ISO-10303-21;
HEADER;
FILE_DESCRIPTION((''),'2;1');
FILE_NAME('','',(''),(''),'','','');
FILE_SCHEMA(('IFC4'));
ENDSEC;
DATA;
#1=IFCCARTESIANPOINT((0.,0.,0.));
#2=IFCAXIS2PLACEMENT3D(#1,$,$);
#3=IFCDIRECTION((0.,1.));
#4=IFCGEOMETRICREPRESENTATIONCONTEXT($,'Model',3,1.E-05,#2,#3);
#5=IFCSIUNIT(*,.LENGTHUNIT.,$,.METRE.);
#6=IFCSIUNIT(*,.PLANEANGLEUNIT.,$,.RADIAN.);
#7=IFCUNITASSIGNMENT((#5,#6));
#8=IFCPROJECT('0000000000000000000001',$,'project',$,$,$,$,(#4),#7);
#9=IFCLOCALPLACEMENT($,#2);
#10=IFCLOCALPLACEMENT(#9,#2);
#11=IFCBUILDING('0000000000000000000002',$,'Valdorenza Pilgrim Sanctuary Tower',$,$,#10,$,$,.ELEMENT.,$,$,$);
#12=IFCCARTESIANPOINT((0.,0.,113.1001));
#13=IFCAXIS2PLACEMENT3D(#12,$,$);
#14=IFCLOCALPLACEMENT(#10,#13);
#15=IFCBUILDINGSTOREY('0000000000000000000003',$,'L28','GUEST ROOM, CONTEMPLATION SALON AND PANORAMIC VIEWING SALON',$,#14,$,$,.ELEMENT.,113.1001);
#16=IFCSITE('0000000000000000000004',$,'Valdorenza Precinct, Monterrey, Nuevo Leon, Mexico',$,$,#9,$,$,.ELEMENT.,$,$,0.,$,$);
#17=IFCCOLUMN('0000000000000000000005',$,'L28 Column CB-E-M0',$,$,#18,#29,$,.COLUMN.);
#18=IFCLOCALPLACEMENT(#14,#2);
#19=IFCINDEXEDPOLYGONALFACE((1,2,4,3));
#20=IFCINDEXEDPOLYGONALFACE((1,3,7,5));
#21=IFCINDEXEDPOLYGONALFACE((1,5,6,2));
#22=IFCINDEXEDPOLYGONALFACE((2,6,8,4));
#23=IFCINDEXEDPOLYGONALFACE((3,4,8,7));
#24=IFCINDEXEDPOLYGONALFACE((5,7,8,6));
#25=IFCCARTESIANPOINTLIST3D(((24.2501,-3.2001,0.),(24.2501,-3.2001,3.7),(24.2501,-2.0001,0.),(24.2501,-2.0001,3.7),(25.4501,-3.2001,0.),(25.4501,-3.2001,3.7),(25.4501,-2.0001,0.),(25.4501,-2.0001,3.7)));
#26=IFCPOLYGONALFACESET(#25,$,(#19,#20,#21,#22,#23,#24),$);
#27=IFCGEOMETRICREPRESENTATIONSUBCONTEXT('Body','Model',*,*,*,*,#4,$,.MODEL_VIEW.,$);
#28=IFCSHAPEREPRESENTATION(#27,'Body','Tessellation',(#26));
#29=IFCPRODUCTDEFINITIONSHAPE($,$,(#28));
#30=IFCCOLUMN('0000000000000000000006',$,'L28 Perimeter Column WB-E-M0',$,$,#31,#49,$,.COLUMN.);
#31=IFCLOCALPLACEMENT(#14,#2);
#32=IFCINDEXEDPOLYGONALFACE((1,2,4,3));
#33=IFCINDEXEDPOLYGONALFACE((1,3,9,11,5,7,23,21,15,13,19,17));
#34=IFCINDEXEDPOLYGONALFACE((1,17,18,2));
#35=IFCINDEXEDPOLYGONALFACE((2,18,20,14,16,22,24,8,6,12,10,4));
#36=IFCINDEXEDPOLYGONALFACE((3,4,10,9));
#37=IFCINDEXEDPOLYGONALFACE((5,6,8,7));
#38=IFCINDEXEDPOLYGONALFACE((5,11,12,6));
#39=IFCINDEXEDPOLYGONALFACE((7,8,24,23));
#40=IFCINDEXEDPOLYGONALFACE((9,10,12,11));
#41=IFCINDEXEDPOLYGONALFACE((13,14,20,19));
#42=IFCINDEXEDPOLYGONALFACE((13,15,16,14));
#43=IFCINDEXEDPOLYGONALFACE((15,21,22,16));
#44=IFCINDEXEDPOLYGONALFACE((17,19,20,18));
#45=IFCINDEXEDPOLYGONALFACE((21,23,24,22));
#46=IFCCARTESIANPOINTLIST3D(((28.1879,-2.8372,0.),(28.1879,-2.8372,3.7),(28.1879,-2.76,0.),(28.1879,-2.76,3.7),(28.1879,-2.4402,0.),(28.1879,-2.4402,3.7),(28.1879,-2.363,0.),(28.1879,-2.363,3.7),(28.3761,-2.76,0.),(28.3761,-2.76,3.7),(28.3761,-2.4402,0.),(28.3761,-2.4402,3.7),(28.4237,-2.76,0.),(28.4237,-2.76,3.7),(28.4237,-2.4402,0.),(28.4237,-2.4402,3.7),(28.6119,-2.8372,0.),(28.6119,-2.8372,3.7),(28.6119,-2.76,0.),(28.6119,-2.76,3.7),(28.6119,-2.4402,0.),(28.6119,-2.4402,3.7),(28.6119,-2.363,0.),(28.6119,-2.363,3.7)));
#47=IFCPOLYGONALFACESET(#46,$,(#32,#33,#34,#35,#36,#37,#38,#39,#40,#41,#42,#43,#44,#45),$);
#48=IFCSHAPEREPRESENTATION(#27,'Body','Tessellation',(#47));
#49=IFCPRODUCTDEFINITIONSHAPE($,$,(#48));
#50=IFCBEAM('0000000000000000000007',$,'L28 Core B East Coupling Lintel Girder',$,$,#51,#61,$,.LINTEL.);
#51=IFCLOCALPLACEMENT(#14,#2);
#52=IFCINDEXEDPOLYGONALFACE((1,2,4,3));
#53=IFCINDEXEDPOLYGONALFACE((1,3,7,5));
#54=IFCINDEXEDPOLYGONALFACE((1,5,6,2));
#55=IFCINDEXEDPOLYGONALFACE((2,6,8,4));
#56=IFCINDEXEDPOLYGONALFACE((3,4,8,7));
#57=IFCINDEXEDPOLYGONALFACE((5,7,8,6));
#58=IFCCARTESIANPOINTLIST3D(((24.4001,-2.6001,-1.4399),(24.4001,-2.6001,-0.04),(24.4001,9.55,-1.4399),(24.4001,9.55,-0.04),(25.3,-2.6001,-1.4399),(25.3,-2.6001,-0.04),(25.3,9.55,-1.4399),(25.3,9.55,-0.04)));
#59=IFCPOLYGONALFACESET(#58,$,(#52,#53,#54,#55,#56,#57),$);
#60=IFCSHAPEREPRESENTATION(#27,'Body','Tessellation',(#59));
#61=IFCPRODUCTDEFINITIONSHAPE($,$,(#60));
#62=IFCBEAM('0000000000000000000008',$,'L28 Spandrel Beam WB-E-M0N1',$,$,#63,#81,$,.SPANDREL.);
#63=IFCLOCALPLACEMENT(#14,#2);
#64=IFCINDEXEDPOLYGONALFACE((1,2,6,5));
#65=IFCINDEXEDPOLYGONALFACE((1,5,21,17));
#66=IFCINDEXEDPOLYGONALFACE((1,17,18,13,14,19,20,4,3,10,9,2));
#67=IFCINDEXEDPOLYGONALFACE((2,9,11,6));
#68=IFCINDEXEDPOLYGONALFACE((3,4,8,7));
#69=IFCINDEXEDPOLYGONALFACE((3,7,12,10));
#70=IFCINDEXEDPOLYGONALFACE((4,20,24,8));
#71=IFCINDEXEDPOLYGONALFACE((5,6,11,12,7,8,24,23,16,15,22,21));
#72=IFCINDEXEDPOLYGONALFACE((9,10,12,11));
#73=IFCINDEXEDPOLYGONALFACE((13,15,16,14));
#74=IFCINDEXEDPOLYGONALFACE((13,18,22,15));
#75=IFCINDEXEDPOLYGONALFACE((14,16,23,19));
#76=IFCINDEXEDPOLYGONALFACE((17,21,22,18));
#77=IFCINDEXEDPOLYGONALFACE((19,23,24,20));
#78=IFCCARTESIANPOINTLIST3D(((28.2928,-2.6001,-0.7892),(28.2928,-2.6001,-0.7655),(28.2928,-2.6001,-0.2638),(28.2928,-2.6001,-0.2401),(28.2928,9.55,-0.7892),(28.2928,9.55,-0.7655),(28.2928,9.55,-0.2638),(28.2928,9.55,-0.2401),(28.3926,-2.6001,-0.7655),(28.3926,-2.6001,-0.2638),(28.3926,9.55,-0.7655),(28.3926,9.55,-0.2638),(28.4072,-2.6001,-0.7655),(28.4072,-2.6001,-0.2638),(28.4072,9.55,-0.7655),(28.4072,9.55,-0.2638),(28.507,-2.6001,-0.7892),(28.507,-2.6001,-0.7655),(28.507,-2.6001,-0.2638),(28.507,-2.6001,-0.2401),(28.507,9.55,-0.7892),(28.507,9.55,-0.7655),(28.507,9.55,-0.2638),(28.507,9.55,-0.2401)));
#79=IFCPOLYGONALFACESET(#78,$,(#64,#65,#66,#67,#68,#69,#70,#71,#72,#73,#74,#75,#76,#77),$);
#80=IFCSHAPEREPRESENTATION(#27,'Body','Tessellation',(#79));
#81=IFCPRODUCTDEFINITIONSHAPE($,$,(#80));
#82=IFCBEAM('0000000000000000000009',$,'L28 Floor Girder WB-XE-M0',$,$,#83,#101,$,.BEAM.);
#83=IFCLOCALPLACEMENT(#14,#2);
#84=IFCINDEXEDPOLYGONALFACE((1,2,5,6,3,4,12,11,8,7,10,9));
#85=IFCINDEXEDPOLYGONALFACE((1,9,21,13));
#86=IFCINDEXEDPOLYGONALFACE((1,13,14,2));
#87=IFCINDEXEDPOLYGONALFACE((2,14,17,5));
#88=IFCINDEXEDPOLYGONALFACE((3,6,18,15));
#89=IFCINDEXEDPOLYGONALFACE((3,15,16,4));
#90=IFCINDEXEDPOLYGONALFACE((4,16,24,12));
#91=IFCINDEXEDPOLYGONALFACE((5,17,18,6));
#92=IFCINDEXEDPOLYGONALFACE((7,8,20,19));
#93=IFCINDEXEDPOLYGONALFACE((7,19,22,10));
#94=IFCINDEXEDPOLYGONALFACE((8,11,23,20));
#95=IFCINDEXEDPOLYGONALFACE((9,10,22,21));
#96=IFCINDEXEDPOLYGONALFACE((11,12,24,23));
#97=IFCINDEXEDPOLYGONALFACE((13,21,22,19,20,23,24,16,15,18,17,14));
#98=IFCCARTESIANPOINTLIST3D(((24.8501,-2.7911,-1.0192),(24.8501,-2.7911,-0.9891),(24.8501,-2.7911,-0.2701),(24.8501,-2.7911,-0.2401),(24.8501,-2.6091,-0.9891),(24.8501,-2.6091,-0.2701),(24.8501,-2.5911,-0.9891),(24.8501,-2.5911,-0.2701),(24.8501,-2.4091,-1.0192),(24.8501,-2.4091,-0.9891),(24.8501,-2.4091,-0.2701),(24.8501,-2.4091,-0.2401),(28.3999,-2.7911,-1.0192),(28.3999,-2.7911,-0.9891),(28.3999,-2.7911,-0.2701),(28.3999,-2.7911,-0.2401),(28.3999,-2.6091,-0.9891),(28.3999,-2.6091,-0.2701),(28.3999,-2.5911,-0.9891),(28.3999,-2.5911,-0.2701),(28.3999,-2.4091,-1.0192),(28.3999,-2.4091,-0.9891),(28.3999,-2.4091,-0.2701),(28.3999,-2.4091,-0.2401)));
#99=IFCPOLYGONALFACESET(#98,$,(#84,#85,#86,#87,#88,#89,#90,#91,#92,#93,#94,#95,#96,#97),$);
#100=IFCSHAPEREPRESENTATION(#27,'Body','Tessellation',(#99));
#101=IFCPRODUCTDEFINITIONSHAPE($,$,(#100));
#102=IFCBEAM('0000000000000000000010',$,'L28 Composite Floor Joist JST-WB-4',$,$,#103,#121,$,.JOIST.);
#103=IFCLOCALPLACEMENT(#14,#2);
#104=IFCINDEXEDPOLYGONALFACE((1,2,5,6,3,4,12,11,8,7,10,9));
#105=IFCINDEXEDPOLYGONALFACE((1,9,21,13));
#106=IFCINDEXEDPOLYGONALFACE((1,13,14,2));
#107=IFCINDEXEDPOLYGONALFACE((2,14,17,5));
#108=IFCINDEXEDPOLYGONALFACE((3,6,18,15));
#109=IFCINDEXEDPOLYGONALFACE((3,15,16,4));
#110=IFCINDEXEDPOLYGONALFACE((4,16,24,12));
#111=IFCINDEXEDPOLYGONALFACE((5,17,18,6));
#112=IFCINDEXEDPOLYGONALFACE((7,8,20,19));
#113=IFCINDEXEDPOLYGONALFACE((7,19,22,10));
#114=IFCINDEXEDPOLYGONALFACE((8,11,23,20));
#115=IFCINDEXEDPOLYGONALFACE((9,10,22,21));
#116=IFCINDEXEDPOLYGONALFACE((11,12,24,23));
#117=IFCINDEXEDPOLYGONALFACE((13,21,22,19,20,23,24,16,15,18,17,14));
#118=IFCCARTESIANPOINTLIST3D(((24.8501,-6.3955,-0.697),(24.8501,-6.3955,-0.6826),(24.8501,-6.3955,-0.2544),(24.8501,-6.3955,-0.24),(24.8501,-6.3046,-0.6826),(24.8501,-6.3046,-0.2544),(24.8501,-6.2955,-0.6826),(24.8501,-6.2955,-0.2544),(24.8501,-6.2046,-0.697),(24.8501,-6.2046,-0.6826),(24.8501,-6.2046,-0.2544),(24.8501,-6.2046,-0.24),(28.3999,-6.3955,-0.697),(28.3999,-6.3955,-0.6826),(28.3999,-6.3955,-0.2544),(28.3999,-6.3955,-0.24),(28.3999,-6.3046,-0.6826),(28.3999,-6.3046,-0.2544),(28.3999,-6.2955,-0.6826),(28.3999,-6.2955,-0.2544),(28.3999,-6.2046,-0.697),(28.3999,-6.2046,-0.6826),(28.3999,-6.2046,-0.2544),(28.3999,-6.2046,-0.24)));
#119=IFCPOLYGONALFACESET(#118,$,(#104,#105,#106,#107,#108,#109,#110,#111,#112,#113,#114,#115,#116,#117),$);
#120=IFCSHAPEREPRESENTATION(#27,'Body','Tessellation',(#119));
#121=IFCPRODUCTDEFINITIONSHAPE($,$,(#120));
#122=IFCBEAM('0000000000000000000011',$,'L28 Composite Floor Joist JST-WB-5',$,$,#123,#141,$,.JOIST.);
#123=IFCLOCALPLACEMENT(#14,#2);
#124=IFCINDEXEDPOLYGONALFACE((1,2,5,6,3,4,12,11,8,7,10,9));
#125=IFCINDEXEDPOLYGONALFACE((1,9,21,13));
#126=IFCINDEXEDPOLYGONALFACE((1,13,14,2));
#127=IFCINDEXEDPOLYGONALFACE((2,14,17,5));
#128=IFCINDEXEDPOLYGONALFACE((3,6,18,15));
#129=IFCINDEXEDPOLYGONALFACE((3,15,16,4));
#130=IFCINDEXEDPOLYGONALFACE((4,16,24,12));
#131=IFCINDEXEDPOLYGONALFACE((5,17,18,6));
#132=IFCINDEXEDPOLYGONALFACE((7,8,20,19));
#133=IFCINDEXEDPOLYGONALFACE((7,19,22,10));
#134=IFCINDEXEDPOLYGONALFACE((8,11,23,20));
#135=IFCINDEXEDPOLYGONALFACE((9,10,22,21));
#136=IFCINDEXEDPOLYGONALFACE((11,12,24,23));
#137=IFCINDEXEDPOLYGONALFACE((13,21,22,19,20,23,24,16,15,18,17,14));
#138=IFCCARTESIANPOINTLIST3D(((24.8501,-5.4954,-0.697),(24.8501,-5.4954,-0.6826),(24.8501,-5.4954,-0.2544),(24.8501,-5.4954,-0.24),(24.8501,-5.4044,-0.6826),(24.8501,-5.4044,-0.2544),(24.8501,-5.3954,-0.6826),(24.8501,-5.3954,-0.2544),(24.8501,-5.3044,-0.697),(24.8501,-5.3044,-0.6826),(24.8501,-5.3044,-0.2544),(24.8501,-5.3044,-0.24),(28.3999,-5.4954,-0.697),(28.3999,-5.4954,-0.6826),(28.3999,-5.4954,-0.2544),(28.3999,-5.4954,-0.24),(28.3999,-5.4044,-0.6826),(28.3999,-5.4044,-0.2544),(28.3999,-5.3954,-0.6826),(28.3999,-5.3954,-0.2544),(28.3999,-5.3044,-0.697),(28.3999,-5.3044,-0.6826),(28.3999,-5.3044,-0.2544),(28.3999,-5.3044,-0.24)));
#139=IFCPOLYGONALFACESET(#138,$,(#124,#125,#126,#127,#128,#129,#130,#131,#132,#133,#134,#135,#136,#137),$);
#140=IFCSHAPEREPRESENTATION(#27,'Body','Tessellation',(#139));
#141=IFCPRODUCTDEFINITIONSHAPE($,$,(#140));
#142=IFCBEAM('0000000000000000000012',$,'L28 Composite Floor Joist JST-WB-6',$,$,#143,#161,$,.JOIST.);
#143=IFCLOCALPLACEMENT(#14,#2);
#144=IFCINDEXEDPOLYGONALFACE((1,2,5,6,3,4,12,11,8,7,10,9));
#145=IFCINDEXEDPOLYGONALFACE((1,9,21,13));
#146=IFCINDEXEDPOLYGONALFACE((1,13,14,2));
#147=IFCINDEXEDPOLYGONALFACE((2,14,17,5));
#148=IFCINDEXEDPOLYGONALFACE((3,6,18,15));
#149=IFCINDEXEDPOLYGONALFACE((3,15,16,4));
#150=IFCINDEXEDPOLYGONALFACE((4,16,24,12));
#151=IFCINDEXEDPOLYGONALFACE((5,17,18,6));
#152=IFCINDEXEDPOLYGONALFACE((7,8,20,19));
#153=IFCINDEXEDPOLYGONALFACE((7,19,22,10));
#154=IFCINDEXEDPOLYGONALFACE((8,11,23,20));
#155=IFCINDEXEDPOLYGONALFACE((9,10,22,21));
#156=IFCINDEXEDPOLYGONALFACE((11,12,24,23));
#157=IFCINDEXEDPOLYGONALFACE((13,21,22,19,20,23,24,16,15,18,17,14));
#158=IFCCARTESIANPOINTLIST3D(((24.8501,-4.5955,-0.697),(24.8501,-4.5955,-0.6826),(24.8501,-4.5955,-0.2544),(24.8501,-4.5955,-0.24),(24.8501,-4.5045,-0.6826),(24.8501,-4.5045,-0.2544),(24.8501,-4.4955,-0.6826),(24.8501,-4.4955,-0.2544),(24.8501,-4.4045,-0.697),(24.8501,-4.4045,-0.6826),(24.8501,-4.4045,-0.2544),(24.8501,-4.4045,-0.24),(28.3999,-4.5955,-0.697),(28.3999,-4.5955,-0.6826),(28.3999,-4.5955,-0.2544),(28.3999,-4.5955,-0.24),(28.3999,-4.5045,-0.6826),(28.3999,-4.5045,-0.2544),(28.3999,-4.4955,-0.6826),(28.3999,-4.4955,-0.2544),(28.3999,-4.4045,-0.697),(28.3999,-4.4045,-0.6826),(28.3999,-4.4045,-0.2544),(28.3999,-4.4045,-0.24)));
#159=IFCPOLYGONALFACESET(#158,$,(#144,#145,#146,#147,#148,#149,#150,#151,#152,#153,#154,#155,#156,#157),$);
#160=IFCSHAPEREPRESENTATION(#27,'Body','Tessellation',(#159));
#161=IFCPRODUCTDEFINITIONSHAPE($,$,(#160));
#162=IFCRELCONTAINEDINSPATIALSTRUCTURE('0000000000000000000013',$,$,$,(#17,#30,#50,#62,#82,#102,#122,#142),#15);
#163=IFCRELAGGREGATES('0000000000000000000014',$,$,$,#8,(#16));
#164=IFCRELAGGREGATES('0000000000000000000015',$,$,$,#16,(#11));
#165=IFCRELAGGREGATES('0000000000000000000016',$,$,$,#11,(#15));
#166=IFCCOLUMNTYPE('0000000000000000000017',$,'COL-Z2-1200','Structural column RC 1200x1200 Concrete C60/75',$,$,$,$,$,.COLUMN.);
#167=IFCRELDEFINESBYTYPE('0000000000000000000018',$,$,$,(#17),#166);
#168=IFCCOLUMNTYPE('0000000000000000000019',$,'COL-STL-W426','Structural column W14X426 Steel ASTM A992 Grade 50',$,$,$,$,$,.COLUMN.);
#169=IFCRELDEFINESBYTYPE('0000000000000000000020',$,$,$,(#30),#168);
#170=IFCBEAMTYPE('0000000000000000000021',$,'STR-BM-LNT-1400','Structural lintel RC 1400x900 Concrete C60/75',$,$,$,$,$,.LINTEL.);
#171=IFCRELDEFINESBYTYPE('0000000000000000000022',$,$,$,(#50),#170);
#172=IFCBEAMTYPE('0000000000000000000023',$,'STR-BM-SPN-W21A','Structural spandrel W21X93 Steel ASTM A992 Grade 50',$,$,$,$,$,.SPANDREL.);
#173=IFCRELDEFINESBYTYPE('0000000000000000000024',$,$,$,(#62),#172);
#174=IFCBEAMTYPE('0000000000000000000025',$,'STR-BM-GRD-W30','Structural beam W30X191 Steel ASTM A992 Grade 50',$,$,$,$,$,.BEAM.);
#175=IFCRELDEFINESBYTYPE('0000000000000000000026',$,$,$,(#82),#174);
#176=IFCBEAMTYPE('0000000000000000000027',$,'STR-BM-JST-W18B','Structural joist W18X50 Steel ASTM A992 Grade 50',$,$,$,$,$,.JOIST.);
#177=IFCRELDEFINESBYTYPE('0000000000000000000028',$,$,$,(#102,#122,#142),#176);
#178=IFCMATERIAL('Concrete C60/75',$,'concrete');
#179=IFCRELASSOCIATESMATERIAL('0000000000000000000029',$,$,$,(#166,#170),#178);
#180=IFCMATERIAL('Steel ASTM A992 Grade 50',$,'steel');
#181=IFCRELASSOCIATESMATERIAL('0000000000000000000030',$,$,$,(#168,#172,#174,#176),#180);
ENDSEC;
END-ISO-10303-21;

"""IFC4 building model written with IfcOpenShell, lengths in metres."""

from ifc_helpers import new_model, si_unit, direction, frame, origin, origin_2d, place, context, subcontext, project, spatial, rectangle, i_section, extrude, source, transform, mapped, material, material_profile, profile_set, type_object, element, save


model = new_model("IFC4")

# Units and contexts
model_context = context("Model", 3, precision=1e-05, world=origin(), true_north=direction((0.0, 1.0)))
body_context = subcontext(model_context, "Body", "Model", "MODEL_VIEW")
ifc_project = project(units=[si_unit("LENGTHUNIT", "METRE"), si_unit("PLANEANGLEUNIT", "RADIAN")], contexts=[model_context])

# Site, building, storey
site_placement = place(None, origin())
site = spatial("IfcSite", under=ifc_project, at=site_placement, Name="Valdorenza Precinct, Monterrey, Nuevo Leon, Mexico", CompositionType="ELEMENT", RefElevation=0.0)
building_placement = place(site_placement, origin())
building = spatial("IfcBuilding", under=site, at=building_placement, Name="Valdorenza Pilgrim Sanctuary Tower", CompositionType="ELEMENT")
storey_placement = place(building_placement, frame((0.0, 0.0, 113.1001)))
storey = spatial("IfcBuildingStorey", under=building, at=storey_placement, Name="L28", Description="GUEST ROOM, CONTEMPLATION SALON AND PANORAMIC VIEWING SALON", CompositionType="ELEMENT", Elevation=113.1001)

# Columns
ifc_material_1 = material(Name="Concrete C60/75", Category="concrete")
ifc_material_profile_1 = material_profile(ifc_material_1, rectangle(XDim=1.2, YDim=1.2, at=origin_2d()), Name="RC 1200x1200")
ifc_profile_set_1 = profile_set([ifc_material_profile_1], Name="Concrete C60/75")
column_type_1 = type_object("IfcColumnType", Name="COL-Z2-1200", Description="Structural column RC 1200x1200 Concrete C60/75", PredefinedType="COLUMN", material=ifc_profile_set_1)
shared_shape_1 = source(origin(), body_context, "Body", "SweptSolid", [
    extrude(rectangle(XDim=1.2, YDim=1.2, at=origin_2d()), origin(), (0.0, 0.0, 1.0), 3.7),
])
column_1_placement = place(storey_placement, frame((24.8501, -2.6001, 0.0), z_axis=(0.0, 0.0, 1.0), x_axis=(1.0, 0.0, 0.0)))
element("IfcColumn", 1, at=column_1_placement, inside=storey, type_object=column_type_1, Name="L28 Column CB-E-M0", PredefinedType="COLUMN", context=body_context, shape_type="MappedRepresentation", body=[
    mapped(shared_shape_1, transform((0.0, 0.0, 0.0), x_axis=(1.0, 0.0, 0.0), y_axis=(0.0, 1.0, 0.0), z_axis=(0.0, 0.0, 1.0), scale=1.0)),
])
ifc_material_2 = material(Name="Steel ASTM A992 Grade 50", Category="steel")
ifc_material_profile_2 = material_profile(ifc_material_2, i_section(OverallWidth=0.4241, OverallDepth=0.4741, WebThickness=0.0476, FlangeThickness=0.0771, at=origin_2d()), Name="W14X426")
ifc_profile_set_2 = profile_set([ifc_material_profile_2], Name="Steel ASTM A992 Grade 50")
column_type_2 = type_object("IfcColumnType", Name="COL-STL-W426", Description="Structural column W14X426 Steel ASTM A992 Grade 50", PredefinedType="COLUMN", material=ifc_profile_set_2)
shared_shape_2 = source(origin(), body_context, "Body", "SweptSolid", [
    extrude(i_section(OverallWidth=0.4241, OverallDepth=0.4741, WebThickness=0.0476, FlangeThickness=0.0771, at=origin_2d()), origin(), (0.0, 0.0, 1.0), 3.7),
])
column_2_placement = place(storey_placement, frame((28.3999, -2.6001, 0.0), z_axis=(0.0, 0.0, 1.0), x_axis=(1.0, 0.0, 0.0)))
element("IfcColumn", 2, at=column_2_placement, inside=storey, type_object=column_type_2, Name="L28 Perimeter Column WB-E-M0", PredefinedType="COLUMN", context=body_context, shape_type="MappedRepresentation", body=[
    mapped(shared_shape_2, transform((0.0, 0.0, 0.0), x_axis=(1.0, 0.0, 0.0), y_axis=(0.0, 1.0, 0.0), z_axis=(0.0, 0.0, 1.0), scale=1.0)),
])

# Beams
ifc_material_profile_3 = material_profile(ifc_material_1, rectangle(XDim=0.8999, YDim=1.3999, at=origin_2d()), Name="RC 1400x900")
ifc_profile_set_3 = profile_set([ifc_material_profile_3], Name="Concrete C60/75")
beam_type_1 = type_object("IfcBeamType", Name="STR-BM-LNT-1400", Description="Structural lintel RC 1400x900 Concrete C60/75", PredefinedType="LINTEL", material=ifc_profile_set_3)
shared_shape_3 = source(origin(), body_context, "Body", "SweptSolid", [
    extrude(rectangle(XDim=0.8999, YDim=1.3999, at=origin_2d()), origin(), (0.0, 0.0, 1.0), 12.1501),
])
beam_1_placement = place(storey_placement, frame((24.8501, -2.6001, -0.74), z_axis=(0.0, 1.0, 0.0), x_axis=(-1.0, 0.0, 0.0)))
element("IfcBeam", 3, at=beam_1_placement, inside=storey, type_object=beam_type_1, Name="L28 Core B East Coupling Lintel Girder", PredefinedType="LINTEL", context=body_context, shape_type="MappedRepresentation", body=[
    mapped(shared_shape_3, transform((0.0, 0.0, 0.0), x_axis=(1.0, 0.0, 0.0), y_axis=(0.0, 1.0, 0.0), z_axis=(0.0, 0.0, 1.0), scale=1.0)),
])
ifc_material_profile_4 = material_profile(ifc_material_2, i_section(OverallWidth=0.2141, OverallDepth=0.5491, WebThickness=0.0146, FlangeThickness=0.0237, at=origin_2d()), Name="W21X93")
ifc_profile_set_4 = profile_set([ifc_material_profile_4], Name="Steel ASTM A992 Grade 50")
beam_type_2 = type_object("IfcBeamType", Name="STR-BM-SPN-W21A", Description="Structural spandrel W21X93 Steel ASTM A992 Grade 50", PredefinedType="SPANDREL", material=ifc_profile_set_4)
shared_shape_4 = source(origin(), body_context, "Body", "SweptSolid", [
    extrude(i_section(OverallWidth=0.2141, OverallDepth=0.5491, WebThickness=0.0146, FlangeThickness=0.0237, at=origin_2d()), origin(), (0.0, 0.0, 1.0), 12.1501),
])
beam_2_placement = place(storey_placement, frame((28.3999, -2.6001, -0.5146), z_axis=(0.0, 1.0, 0.0), x_axis=(-1.0, 0.0, 0.0)))
element("IfcBeam", 4, at=beam_2_placement, inside=storey, type_object=beam_type_2, Name="L28 Spandrel Beam WB-E-M0N1", PredefinedType="SPANDREL", context=body_context, shape_type="MappedRepresentation", body=[
    mapped(shared_shape_4, transform((0.0, 0.0, 0.0), x_axis=(1.0, 0.0, 0.0), y_axis=(0.0, 1.0, 0.0), z_axis=(0.0, 0.0, 1.0), scale=1.0)),
])
ifc_material_profile_5 = material_profile(ifc_material_2, i_section(OverallWidth=0.3821, OverallDepth=0.7791, WebThickness=0.0181, FlangeThickness=0.03, at=origin_2d()), Name="W30X191")
ifc_profile_set_5 = profile_set([ifc_material_profile_5], Name="Steel ASTM A992 Grade 50")
beam_type_3 = type_object("IfcBeamType", Name="STR-BM-GRD-W30", Description="Structural beam W30X191 Steel ASTM A992 Grade 50", PredefinedType="BEAM", material=ifc_profile_set_5)
shared_shape_5 = source(origin(), body_context, "Body", "SweptSolid", [
    extrude(i_section(OverallWidth=0.3821, OverallDepth=0.7791, WebThickness=0.0181, FlangeThickness=0.03, at=origin_2d()), origin(), (0.0, 0.0, 1.0), 3.5498),
])
beam_3_placement = place(storey_placement, frame((24.8501, -2.6001, -0.6296), z_axis=(1.0, 0.0, 0.0), x_axis=(0.0, 1.0, 0.0)))
element("IfcBeam", 5, at=beam_3_placement, inside=storey, type_object=beam_type_3, Name="L28 Floor Girder WB-XE-M0", PredefinedType="BEAM", context=body_context, shape_type="MappedRepresentation", body=[
    mapped(shared_shape_5, transform((0.0, 0.0, 0.0), x_axis=(1.0, 0.0, 0.0), y_axis=(0.0, 1.0, 0.0), z_axis=(0.0, 0.0, 1.0), scale=1.0)),
])
ifc_material_profile_6 = material_profile(ifc_material_2, i_section(OverallWidth=0.1909, OverallDepth=0.457, WebThickness=0.009, FlangeThickness=0.0144, at=origin_2d()), Name="W18X50")
ifc_profile_set_6 = profile_set([ifc_material_profile_6], Name="Steel ASTM A992 Grade 50")
beam_type_4 = type_object("IfcBeamType", Name="STR-BM-JST-W18B", Description="Structural joist W18X50 Steel ASTM A992 Grade 50", PredefinedType="JOIST", material=ifc_profile_set_6)
shared_shape_6 = source(origin(), body_context, "Body", "SweptSolid", [
    extrude(i_section(OverallWidth=0.1909, OverallDepth=0.457, WebThickness=0.009, FlangeThickness=0.0144, at=origin_2d()), origin(), (0.0, 0.0, 1.0), 3.5498),
])
for number, where, z_axis, x_axis, name in (
    (6, (24.8501, -6.3, -0.4685), (1.0, 0.0, 0.0), (0.0, 1.0, 0.0), "L28 Composite Floor Joist JST-WB-4"),
    (7, (24.8501, -5.3999, -0.4685), (1.0, 0.0, 0.0), (0.0, 1.0, 0.0), "L28 Composite Floor Joist JST-WB-5"),
    (8, (24.8501, -4.5, -0.4685), (1.0, 0.0, 0.0), (0.0, 1.0, 0.0), "L28 Composite Floor Joist JST-WB-6"),
):
    element("IfcBeam", number, at=place(storey_placement, frame(where, z_axis=z_axis, x_axis=x_axis)), inside=storey, type_object=beam_type_4, Name=name, PredefinedType="JOIST", context=body_context, shape_type="MappedRepresentation", body=[
        mapped(shared_shape_6, transform((0.0, 0.0, 0.0), x_axis=(1.0, 0.0, 0.0), y_axis=(0.0, 1.0, 0.0), z_axis=(0.0, 0.0, 1.0), scale=1.0)),
    ])

save(model, "model.ifc")
